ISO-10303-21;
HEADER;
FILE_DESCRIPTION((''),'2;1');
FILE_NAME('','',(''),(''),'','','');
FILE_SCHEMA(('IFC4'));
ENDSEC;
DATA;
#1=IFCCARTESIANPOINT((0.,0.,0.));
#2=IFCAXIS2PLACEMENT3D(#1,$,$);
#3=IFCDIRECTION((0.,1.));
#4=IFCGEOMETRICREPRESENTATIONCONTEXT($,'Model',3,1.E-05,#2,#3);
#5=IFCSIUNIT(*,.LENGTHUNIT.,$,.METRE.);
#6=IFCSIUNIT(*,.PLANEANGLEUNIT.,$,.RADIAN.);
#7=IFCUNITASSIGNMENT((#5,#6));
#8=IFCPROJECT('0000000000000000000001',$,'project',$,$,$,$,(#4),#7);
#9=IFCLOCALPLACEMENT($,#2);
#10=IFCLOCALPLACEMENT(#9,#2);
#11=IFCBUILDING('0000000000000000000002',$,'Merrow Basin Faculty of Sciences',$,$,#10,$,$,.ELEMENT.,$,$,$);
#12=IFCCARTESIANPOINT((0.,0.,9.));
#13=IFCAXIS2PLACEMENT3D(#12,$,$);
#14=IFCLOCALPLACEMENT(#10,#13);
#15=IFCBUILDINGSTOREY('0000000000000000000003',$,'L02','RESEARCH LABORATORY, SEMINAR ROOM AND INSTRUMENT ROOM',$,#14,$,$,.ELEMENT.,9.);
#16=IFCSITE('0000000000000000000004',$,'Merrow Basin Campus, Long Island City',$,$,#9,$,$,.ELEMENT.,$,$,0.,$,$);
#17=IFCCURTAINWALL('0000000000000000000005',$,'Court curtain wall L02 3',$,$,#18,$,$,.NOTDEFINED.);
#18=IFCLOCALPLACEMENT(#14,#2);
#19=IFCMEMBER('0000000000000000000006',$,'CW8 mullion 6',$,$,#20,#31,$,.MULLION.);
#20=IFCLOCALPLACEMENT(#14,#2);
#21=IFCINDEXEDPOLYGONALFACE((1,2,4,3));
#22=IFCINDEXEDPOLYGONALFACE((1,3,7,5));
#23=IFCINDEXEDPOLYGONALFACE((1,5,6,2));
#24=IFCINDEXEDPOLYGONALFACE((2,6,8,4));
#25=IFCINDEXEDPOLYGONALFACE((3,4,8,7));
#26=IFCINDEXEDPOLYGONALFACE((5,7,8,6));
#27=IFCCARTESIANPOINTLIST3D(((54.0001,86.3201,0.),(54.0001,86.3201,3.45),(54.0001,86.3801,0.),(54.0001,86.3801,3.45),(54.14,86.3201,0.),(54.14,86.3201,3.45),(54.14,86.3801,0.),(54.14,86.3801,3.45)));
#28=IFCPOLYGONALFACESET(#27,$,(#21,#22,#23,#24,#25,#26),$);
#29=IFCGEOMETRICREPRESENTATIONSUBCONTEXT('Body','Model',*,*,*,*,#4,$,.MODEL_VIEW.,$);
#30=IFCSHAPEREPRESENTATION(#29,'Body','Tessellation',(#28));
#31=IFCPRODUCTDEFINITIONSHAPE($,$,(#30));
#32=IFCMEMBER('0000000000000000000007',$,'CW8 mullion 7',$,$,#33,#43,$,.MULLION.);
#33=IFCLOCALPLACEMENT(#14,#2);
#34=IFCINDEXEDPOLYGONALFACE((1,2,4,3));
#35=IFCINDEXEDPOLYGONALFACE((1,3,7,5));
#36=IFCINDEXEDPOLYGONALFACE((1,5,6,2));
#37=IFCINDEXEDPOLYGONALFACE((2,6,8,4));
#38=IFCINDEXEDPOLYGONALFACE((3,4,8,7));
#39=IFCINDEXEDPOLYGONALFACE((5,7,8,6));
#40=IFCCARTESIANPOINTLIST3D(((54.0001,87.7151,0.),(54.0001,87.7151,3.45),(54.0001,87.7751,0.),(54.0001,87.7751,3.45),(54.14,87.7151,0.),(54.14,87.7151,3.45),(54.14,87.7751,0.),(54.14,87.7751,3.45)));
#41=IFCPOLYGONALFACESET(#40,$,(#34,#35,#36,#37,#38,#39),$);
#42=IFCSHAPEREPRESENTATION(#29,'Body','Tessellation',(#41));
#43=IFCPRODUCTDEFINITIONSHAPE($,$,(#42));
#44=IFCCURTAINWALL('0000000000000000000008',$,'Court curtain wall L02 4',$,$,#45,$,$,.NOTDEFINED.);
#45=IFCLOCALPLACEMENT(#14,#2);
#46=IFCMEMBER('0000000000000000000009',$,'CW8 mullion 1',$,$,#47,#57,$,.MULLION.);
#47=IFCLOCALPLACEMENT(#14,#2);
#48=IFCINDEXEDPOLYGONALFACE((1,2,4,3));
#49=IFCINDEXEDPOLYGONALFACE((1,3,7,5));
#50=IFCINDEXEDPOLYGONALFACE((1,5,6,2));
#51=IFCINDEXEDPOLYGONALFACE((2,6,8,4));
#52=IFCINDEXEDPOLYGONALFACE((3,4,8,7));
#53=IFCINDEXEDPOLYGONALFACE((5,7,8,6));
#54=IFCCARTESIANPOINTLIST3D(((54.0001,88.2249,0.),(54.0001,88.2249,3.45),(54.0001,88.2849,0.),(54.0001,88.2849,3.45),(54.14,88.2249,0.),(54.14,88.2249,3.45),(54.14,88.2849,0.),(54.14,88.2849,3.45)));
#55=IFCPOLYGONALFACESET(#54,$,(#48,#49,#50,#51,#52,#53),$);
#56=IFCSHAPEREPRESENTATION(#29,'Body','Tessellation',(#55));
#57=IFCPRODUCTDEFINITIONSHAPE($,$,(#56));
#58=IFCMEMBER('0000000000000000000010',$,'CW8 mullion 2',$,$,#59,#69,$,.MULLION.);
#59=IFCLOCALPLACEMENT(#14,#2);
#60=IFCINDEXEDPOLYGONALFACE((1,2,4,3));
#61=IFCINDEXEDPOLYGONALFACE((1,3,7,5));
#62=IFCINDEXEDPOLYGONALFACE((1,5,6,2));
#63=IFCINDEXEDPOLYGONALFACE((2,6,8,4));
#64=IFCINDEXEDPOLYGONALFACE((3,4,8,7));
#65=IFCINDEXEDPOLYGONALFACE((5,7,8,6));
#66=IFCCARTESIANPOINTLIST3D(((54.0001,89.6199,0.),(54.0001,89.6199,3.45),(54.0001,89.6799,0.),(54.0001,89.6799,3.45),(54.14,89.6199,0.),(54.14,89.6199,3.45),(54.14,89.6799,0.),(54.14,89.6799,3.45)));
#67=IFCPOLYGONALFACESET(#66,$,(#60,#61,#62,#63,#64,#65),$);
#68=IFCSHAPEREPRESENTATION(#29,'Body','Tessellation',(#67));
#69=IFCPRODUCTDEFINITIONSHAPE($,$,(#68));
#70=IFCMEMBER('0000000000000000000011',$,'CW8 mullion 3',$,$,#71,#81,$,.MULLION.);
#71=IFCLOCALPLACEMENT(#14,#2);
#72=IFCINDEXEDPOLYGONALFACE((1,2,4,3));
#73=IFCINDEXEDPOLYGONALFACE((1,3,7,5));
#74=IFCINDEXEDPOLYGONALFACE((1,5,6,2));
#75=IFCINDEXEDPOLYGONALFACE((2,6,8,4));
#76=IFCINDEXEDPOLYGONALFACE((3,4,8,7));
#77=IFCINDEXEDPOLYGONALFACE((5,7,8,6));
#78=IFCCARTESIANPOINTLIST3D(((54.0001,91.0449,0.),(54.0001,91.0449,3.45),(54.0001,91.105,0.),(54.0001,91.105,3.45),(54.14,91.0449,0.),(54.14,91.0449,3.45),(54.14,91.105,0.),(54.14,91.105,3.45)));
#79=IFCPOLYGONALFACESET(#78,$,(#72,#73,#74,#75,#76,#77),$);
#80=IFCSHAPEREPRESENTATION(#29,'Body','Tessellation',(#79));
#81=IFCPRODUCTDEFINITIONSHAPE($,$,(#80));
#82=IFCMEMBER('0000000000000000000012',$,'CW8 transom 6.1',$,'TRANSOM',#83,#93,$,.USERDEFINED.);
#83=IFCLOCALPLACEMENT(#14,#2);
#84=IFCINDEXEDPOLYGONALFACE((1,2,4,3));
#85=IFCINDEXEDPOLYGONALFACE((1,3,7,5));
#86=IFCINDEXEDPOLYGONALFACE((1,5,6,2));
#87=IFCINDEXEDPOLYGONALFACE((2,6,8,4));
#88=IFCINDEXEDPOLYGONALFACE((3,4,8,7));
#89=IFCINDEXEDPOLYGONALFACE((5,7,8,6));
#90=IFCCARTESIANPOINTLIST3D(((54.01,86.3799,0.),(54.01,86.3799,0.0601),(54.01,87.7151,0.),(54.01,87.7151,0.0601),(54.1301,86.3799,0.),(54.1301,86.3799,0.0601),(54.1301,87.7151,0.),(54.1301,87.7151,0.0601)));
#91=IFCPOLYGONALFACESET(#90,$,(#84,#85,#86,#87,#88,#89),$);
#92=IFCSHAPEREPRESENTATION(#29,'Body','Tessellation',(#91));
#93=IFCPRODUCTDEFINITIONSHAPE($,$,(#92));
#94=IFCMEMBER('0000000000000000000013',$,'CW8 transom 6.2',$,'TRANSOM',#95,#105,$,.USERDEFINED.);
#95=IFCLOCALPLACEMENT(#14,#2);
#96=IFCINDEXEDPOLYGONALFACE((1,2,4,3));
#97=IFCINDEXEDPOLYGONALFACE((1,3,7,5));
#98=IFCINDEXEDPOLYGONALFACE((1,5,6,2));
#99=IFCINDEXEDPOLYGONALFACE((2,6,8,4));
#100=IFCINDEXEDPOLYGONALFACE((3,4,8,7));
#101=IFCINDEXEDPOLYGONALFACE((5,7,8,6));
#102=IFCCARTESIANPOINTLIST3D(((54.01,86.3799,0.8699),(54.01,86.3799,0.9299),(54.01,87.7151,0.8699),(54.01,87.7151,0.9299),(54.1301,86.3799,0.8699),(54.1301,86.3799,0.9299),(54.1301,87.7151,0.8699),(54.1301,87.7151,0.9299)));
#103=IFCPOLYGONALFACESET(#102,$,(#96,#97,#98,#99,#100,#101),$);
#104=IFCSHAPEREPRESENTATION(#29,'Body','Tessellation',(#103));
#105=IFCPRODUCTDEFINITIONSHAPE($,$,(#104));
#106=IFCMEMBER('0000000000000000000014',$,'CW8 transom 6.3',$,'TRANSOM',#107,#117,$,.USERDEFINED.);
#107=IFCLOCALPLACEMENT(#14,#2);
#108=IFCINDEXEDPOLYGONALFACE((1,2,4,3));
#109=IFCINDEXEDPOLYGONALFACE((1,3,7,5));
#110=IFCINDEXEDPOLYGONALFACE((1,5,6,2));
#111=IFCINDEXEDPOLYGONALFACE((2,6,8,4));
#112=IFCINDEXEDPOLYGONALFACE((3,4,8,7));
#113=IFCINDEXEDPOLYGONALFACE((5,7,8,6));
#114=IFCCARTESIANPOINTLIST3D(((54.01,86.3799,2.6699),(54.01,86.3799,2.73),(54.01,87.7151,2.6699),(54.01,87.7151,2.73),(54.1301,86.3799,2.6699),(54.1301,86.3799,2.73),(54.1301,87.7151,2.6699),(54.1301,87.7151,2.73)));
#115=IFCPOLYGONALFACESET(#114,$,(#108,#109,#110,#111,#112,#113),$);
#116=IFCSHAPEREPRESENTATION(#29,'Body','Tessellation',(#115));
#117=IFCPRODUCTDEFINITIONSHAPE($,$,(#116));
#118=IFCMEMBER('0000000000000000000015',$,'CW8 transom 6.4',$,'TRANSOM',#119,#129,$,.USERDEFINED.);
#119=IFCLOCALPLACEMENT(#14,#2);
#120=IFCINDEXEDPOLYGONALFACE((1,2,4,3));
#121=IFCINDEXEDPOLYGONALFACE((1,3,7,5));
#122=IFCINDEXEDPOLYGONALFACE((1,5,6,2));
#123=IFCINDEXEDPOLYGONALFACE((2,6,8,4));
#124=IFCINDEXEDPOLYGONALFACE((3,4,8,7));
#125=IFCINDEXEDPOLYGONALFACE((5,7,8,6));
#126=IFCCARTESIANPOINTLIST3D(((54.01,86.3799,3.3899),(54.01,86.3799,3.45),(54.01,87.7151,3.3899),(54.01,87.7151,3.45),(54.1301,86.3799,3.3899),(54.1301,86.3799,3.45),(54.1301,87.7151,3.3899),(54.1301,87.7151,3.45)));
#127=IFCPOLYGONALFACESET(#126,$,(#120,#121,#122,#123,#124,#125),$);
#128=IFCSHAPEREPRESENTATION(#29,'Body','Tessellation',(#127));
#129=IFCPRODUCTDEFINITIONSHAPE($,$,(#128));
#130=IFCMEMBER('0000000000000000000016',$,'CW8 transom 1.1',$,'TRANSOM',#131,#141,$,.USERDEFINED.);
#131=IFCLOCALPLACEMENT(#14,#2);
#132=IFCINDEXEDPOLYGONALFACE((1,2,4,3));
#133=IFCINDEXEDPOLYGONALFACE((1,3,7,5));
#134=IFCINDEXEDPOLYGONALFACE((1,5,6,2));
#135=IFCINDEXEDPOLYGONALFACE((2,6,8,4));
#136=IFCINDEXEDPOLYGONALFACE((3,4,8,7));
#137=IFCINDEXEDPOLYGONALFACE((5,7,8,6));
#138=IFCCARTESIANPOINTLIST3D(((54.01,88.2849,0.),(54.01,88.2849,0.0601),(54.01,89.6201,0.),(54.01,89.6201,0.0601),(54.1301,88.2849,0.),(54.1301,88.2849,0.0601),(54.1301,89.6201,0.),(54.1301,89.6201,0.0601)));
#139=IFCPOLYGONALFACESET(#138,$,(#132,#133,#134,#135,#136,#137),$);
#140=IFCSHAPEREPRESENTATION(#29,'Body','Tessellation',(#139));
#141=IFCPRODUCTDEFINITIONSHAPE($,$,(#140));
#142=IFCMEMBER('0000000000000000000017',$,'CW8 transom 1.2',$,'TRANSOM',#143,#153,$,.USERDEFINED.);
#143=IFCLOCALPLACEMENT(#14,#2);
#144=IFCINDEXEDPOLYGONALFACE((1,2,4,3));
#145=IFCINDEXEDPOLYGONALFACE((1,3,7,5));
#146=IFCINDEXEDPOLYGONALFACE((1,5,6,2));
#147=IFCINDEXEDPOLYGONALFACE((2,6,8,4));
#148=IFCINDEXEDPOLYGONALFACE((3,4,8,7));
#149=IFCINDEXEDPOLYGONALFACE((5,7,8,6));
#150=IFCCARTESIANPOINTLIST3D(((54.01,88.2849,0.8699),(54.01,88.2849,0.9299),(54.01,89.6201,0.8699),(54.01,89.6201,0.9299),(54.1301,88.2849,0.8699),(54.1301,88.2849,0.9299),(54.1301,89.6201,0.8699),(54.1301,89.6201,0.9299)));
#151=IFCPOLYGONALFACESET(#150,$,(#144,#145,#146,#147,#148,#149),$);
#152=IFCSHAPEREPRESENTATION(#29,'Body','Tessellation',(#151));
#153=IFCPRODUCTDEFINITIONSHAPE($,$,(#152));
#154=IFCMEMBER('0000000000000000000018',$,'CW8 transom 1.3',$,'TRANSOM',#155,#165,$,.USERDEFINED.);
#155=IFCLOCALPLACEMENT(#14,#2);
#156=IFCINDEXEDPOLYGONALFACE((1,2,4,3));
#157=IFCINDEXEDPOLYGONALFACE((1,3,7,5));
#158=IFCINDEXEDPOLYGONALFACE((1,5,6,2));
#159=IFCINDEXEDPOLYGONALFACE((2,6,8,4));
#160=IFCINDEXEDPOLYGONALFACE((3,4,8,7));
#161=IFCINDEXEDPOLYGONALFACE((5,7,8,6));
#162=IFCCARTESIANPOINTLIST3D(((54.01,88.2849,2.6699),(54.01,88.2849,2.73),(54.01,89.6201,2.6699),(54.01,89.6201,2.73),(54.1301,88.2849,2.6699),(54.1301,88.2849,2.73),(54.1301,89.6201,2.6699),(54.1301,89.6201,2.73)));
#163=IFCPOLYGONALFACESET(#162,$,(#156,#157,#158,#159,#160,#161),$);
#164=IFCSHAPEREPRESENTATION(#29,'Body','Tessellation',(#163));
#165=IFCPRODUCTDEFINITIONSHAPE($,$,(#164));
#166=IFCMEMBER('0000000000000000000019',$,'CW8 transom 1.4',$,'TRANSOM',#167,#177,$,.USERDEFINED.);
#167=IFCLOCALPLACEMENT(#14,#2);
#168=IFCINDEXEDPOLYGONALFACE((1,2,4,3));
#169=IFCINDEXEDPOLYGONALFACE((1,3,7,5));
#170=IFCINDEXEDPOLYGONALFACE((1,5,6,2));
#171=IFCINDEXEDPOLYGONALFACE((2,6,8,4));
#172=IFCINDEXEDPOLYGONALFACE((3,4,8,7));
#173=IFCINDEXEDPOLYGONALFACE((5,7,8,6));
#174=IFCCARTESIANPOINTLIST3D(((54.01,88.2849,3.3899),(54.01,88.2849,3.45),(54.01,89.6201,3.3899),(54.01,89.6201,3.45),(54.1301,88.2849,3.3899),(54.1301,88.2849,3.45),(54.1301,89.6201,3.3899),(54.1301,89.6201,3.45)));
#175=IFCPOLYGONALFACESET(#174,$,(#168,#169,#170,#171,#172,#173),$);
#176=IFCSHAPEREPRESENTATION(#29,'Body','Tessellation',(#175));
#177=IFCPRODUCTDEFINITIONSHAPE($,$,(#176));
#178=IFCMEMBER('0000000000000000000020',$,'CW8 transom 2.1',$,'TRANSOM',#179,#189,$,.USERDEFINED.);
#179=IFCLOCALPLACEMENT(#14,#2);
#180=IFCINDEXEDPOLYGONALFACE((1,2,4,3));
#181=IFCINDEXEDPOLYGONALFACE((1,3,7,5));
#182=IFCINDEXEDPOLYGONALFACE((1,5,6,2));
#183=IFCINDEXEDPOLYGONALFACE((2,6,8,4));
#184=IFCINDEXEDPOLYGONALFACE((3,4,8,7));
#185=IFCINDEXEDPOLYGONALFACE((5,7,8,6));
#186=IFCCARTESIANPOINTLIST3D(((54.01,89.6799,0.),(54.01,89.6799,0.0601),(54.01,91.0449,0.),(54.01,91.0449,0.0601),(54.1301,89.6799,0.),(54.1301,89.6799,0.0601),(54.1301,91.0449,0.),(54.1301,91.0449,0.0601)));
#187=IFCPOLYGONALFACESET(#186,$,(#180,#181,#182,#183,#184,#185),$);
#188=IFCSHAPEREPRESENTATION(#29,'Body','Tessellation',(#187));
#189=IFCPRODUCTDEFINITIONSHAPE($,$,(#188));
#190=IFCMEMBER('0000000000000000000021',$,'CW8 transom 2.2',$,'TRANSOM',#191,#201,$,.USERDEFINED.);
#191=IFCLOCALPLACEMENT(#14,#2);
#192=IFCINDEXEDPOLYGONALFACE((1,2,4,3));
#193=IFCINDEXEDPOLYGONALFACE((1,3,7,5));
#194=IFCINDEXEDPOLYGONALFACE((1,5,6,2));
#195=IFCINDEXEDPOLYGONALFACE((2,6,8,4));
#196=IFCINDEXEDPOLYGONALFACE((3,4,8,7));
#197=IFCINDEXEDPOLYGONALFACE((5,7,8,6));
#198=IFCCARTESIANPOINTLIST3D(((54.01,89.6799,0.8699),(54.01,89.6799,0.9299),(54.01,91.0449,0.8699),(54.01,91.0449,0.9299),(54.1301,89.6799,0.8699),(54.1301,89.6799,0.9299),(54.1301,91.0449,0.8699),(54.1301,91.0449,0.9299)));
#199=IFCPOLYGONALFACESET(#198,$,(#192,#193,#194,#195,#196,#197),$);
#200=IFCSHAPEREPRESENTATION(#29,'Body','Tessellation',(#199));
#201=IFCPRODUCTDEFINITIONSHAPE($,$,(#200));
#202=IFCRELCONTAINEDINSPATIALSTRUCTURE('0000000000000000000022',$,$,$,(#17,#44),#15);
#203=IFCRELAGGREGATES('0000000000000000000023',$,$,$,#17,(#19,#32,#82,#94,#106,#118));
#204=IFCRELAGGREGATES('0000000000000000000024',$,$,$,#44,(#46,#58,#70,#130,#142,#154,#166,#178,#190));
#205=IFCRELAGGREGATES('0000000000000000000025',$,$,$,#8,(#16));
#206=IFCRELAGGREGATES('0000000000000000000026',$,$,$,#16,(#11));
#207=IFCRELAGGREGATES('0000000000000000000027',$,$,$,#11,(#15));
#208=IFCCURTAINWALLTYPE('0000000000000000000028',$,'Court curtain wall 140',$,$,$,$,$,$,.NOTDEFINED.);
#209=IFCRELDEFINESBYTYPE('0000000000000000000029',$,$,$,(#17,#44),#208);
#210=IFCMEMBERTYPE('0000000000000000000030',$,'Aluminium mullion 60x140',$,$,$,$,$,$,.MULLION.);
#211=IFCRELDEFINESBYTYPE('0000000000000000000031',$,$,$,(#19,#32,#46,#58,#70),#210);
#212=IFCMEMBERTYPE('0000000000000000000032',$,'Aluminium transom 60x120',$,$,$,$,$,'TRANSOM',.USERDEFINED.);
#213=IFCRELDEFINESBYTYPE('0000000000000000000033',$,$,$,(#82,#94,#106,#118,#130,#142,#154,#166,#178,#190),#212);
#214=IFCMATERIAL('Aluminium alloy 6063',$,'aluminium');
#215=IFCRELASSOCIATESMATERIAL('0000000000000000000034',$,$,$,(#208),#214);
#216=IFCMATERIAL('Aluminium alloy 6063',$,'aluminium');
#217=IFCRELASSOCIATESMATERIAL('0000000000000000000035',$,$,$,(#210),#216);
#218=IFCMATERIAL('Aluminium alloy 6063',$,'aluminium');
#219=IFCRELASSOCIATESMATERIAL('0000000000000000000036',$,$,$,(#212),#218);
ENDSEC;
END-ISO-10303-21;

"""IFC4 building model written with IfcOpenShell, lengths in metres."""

from ifc_helpers import new_model, si_unit, direction, frame, origin, origin_2d, place, context, subcontext, project, spatial, rectangle, extrude, material, material_profile, profile_set, type_object, element, aggregate, save


model = new_model("IFC4")

# Units and contexts
model_context = context("Model", 3, precision=1e-05, world=origin(), true_north=direction((0.0, 1.0)))
body_context = subcontext(model_context, "Body", "Model", "MODEL_VIEW")
ifc_project = project(units=[si_unit("LENGTHUNIT", "METRE"), si_unit("PLANEANGLEUNIT", "RADIAN")], contexts=[model_context])

# Site, building, storey
site_placement = place(None, origin())
site = spatial("IfcSite", under=ifc_project, at=site_placement, Name="Merrow Basin Campus, Long Island City", CompositionType="ELEMENT", RefElevation=0.0)
building_placement = place(site_placement, origin())
building = spatial("IfcBuilding", under=site, at=building_placement, Name="Merrow Basin Faculty of Sciences", CompositionType="ELEMENT")
storey_placement = place(building_placement, frame((0.0, 0.0, 9.0)))
storey = spatial("IfcBuildingStorey", under=building, at=storey_placement, Name="L02", Description="RESEARCH LABORATORY, SEMINAR ROOM AND INSTRUMENT ROOM", CompositionType="ELEMENT", Elevation=9.0)

# Curtain walls, members
ifc_material_1 = material(Name="Aluminium alloy 6063", Category="aluminium")
curtain_wall_type = type_object("IfcCurtainWallType", Name="Court curtain wall 140", PredefinedType="NOTDEFINED", material=ifc_material_1)
curtain_wall_1_placement = place(storey_placement, origin())
curtain_wall_1 = element("IfcCurtainWall", 1, at=curtain_wall_1_placement, inside=storey, type_object=curtain_wall_type, Name="Court curtain wall L02 3", PredefinedType="NOTDEFINED")
ifc_material_2 = material(Name="Aluminium alloy 6063", Category="aluminium")
ifc_material_profile_1 = material_profile(ifc_material_2, rectangle(XDim=0.1399, YDim=0.0601, at=origin_2d()))
ifc_profile_set_1 = profile_set([ifc_material_profile_1], Name="Aluminium alloy 6063")
member_type_1 = type_object("IfcMemberType", Name="Aluminium mullion 60x140", PredefinedType="MULLION", material=ifc_profile_set_1)
member_1_placement = place(storey_placement, frame((54.0701, 86.3501, 0.0), z_axis=(0.0, 0.0, 1.0), x_axis=(-1.0, 0.0, 0.0)))
member_1 = element("IfcMember", 2, at=member_1_placement, type_object=member_type_1, Name="CW8 mullion 6", PredefinedType="MULLION", context=body_context, shape_type="SweptSolid", body=[
    extrude(rectangle(XDim=0.1399, YDim=0.0601, at=origin_2d()), origin(), (0.0, 0.0, 1.0), 3.45),
])
member_2_placement = place(storey_placement, frame((54.0701, 87.7451, 0.0), z_axis=(0.0, 0.0, 1.0), x_axis=(-1.0, 0.0, 0.0)))
member_2 = element("IfcMember", 3, at=member_2_placement, type_object=member_type_1, Name="CW8 mullion 7", PredefinedType="MULLION", context=body_context, shape_type="SweptSolid", body=[
    extrude(rectangle(XDim=0.1399, YDim=0.0601, at=origin_2d()), origin(), (0.0, 0.0, 1.0), 3.45),
])
curtain_wall_2_placement = place(storey_placement, origin())
curtain_wall_2 = element("IfcCurtainWall", 4, at=curtain_wall_2_placement, inside=storey, type_object=curtain_wall_type, Name="Court curtain wall L02 4", PredefinedType="NOTDEFINED")
member_3_placement = place(storey_placement, frame((54.0701, 88.2549, 0.0), z_axis=(0.0, 0.0, 1.0), x_axis=(-1.0, 0.0, 0.0)))
member_3 = element("IfcMember", 5, at=member_3_placement, type_object=member_type_1, Name="CW8 mullion 1", PredefinedType="MULLION", context=body_context, shape_type="SweptSolid", body=[
    extrude(rectangle(XDim=0.1399, YDim=0.0601, at=origin_2d()), origin(), (0.0, 0.0, 1.0), 3.45),
])
member_4_placement = place(storey_placement, frame((54.0701, 89.6499, 0.0), z_axis=(0.0, 0.0, 1.0), x_axis=(-1.0, 0.0, 0.0)))
member_4 = element("IfcMember", 6, at=member_4_placement, type_object=member_type_1, Name="CW8 mullion 2", PredefinedType="MULLION", context=body_context, shape_type="SweptSolid", body=[
    extrude(rectangle(XDim=0.1399, YDim=0.0601, at=origin_2d()), origin(), (0.0, 0.0, 1.0), 3.45),
])
member_5_placement = place(storey_placement, frame((54.0701, 91.075, 0.0), z_axis=(0.0, 0.0, 1.0), x_axis=(-1.0, 0.0, 0.0)))
member_5 = element("IfcMember", 7, at=member_5_placement, type_object=member_type_1, Name="CW8 mullion 3", PredefinedType="MULLION", context=body_context, shape_type="SweptSolid", body=[
    extrude(rectangle(XDim=0.1399, YDim=0.0601, at=origin_2d()), origin(), (0.0, 0.0, 1.0), 3.45),
])

# Members
ifc_material_3 = material(Name="Aluminium alloy 6063", Category="aluminium")
ifc_material_profile_2 = material_profile(ifc_material_3, rectangle(XDim=0.1201, YDim=0.0601, at=origin_2d()))
ifc_profile_set_2 = profile_set([ifc_material_profile_2], Name="Aluminium alloy 6063")
member_type_2 = type_object("IfcMemberType", Name="Aluminium transom 60x120", ElementType="TRANSOM", PredefinedType="USERDEFINED", material=ifc_profile_set_2)
member_6_placement = place(storey_placement, frame((54.0701, 86.3799, 0.03), z_axis=(0.0, 1.0, 0.0), x_axis=(-1.0, 0.0, 0.0)))
member_6 = element("IfcMember", 8, at=member_6_placement, type_object=member_type_2, Name="CW8 transom 6.1", ObjectType="TRANSOM", PredefinedType="USERDEFINED", context=body_context, shape_type="SweptSolid", body=[
    extrude(rectangle(XDim=0.1201, YDim=0.0601, at=origin_2d()), origin(), (0.0, 0.0, 1.0), 1.3352),
])
member_7_placement = place(storey_placement, frame((54.0701, 86.3799, 0.8999), z_axis=(0.0, 1.0, 0.0), x_axis=(-1.0, 0.0, 0.0)))
member_7 = element("IfcMember", 9, at=member_7_placement, type_object=member_type_2, Name="CW8 transom 6.2", ObjectType="TRANSOM", PredefinedType="USERDEFINED", context=body_context, shape_type="SweptSolid", body=[
    extrude(rectangle(XDim=0.1201, YDim=0.0601, at=origin_2d()), origin(), (0.0, 0.0, 1.0), 1.3352),
])
member_8_placement = place(storey_placement, frame((54.0701, 86.3799, 2.7), z_axis=(0.0, 1.0, 0.0), x_axis=(-1.0, 0.0, 0.0)))
member_8 = element("IfcMember", 10, at=member_8_placement, type_object=member_type_2, Name="CW8 transom 6.3", ObjectType="TRANSOM", PredefinedType="USERDEFINED", context=body_context, shape_type="SweptSolid", body=[
    extrude(rectangle(XDim=0.1201, YDim=0.0601, at=origin_2d()), origin(), (0.0, 0.0, 1.0), 1.3352),
])
member_9_placement = place(storey_placement, frame((54.0701, 86.3799, 3.4199), z_axis=(0.0, 1.0, 0.0), x_axis=(-1.0, 0.0, 0.0)))
member_9 = element("IfcMember", 11, at=member_9_placement, type_object=member_type_2, Name="CW8 transom 6.4", ObjectType="TRANSOM", PredefinedType="USERDEFINED", context=body_context, shape_type="SweptSolid", body=[
    extrude(rectangle(XDim=0.1201, YDim=0.0601, at=origin_2d()), origin(), (0.0, 0.0, 1.0), 1.3352),
])
member_10_placement = place(storey_placement, frame((54.0701, 88.2849, 0.03), z_axis=(0.0, 1.0, 0.0), x_axis=(-1.0, 0.0, 0.0)))
member_10 = element("IfcMember", 12, at=member_10_placement, type_object=member_type_2, Name="CW8 transom 1.1", ObjectType="TRANSOM", PredefinedType="USERDEFINED", context=body_context, shape_type="SweptSolid", body=[
    extrude(rectangle(XDim=0.1201, YDim=0.0601, at=origin_2d()), origin(), (0.0, 0.0, 1.0), 1.3352),
])
member_11_placement = place(storey_placement, frame((54.0701, 88.2849, 0.8999), z_axis=(0.0, 1.0, 0.0), x_axis=(-1.0, 0.0, 0.0)))
member_11 = element("IfcMember", 13, at=member_11_placement, type_object=member_type_2, Name="CW8 transom 1.2", ObjectType="TRANSOM", PredefinedType="USERDEFINED", context=body_context, shape_type="SweptSolid", body=[
    extrude(rectangle(XDim=0.1201, YDim=0.0601, at=origin_2d()), origin(), (0.0, 0.0, 1.0), 1.3352),
])
member_12_placement = place(storey_placement, frame((54.0701, 88.2849, 2.7), z_axis=(0.0, 1.0, 0.0), x_axis=(-1.0, 0.0, 0.0)))
member_12 = element("IfcMember", 14, at=member_12_placement, type_object=member_type_2, Name="CW8 transom 1.3", ObjectType="TRANSOM", PredefinedType="USERDEFINED", context=body_context, shape_type="SweptSolid", body=[
    extrude(rectangle(XDim=0.1201, YDim=0.0601, at=origin_2d()), origin(), (0.0, 0.0, 1.0), 1.3352),
])
member_13_placement = place(storey_placement, frame((54.0701, 88.2849, 3.4199), z_axis=(0.0, 1.0, 0.0), x_axis=(-1.0, 0.0, 0.0)))
member_13 = element("IfcMember", 15, at=member_13_placement, type_object=member_type_2, Name="CW8 transom 1.4", ObjectType="TRANSOM", PredefinedType="USERDEFINED", context=body_context, shape_type="SweptSolid", body=[
    extrude(rectangle(XDim=0.1201, YDim=0.0601, at=origin_2d()), origin(), (0.0, 0.0, 1.0), 1.3352),
])
member_14_placement = place(storey_placement, frame((54.0701, 89.6799, 0.03), z_axis=(0.0, 1.0, 0.0), x_axis=(-1.0, 0.0, 0.0)))
member_14 = element("IfcMember", 16, at=member_14_placement, type_object=member_type_2, Name="CW8 transom 2.1", ObjectType="TRANSOM", PredefinedType="USERDEFINED", context=body_context, shape_type="SweptSolid", body=[
    extrude(rectangle(XDim=0.1201, YDim=0.0601, at=origin_2d()), origin(), (0.0, 0.0, 1.0), 1.365),
])
member_15_placement = place(storey_placement, frame((54.0701, 89.6799, 0.8999), z_axis=(0.0, 1.0, 0.0), x_axis=(-1.0, 0.0, 0.0)))
member_15 = element("IfcMember", 17, at=member_15_placement, type_object=member_type_2, Name="CW8 transom 2.2", ObjectType="TRANSOM", PredefinedType="USERDEFINED", context=body_context, shape_type="SweptSolid", body=[
    extrude(rectangle(XDim=0.1201, YDim=0.0601, at=origin_2d()), origin(), (0.0, 0.0, 1.0), 1.365),
])

aggregate(curtain_wall_1, [member_1, member_2, member_6, member_7, member_8, member_9])
aggregate(curtain_wall_2, [member_3, member_4, member_5, member_10, member_11, member_12, member_13, member_14, member_15])

save(model, "model.ifc")
